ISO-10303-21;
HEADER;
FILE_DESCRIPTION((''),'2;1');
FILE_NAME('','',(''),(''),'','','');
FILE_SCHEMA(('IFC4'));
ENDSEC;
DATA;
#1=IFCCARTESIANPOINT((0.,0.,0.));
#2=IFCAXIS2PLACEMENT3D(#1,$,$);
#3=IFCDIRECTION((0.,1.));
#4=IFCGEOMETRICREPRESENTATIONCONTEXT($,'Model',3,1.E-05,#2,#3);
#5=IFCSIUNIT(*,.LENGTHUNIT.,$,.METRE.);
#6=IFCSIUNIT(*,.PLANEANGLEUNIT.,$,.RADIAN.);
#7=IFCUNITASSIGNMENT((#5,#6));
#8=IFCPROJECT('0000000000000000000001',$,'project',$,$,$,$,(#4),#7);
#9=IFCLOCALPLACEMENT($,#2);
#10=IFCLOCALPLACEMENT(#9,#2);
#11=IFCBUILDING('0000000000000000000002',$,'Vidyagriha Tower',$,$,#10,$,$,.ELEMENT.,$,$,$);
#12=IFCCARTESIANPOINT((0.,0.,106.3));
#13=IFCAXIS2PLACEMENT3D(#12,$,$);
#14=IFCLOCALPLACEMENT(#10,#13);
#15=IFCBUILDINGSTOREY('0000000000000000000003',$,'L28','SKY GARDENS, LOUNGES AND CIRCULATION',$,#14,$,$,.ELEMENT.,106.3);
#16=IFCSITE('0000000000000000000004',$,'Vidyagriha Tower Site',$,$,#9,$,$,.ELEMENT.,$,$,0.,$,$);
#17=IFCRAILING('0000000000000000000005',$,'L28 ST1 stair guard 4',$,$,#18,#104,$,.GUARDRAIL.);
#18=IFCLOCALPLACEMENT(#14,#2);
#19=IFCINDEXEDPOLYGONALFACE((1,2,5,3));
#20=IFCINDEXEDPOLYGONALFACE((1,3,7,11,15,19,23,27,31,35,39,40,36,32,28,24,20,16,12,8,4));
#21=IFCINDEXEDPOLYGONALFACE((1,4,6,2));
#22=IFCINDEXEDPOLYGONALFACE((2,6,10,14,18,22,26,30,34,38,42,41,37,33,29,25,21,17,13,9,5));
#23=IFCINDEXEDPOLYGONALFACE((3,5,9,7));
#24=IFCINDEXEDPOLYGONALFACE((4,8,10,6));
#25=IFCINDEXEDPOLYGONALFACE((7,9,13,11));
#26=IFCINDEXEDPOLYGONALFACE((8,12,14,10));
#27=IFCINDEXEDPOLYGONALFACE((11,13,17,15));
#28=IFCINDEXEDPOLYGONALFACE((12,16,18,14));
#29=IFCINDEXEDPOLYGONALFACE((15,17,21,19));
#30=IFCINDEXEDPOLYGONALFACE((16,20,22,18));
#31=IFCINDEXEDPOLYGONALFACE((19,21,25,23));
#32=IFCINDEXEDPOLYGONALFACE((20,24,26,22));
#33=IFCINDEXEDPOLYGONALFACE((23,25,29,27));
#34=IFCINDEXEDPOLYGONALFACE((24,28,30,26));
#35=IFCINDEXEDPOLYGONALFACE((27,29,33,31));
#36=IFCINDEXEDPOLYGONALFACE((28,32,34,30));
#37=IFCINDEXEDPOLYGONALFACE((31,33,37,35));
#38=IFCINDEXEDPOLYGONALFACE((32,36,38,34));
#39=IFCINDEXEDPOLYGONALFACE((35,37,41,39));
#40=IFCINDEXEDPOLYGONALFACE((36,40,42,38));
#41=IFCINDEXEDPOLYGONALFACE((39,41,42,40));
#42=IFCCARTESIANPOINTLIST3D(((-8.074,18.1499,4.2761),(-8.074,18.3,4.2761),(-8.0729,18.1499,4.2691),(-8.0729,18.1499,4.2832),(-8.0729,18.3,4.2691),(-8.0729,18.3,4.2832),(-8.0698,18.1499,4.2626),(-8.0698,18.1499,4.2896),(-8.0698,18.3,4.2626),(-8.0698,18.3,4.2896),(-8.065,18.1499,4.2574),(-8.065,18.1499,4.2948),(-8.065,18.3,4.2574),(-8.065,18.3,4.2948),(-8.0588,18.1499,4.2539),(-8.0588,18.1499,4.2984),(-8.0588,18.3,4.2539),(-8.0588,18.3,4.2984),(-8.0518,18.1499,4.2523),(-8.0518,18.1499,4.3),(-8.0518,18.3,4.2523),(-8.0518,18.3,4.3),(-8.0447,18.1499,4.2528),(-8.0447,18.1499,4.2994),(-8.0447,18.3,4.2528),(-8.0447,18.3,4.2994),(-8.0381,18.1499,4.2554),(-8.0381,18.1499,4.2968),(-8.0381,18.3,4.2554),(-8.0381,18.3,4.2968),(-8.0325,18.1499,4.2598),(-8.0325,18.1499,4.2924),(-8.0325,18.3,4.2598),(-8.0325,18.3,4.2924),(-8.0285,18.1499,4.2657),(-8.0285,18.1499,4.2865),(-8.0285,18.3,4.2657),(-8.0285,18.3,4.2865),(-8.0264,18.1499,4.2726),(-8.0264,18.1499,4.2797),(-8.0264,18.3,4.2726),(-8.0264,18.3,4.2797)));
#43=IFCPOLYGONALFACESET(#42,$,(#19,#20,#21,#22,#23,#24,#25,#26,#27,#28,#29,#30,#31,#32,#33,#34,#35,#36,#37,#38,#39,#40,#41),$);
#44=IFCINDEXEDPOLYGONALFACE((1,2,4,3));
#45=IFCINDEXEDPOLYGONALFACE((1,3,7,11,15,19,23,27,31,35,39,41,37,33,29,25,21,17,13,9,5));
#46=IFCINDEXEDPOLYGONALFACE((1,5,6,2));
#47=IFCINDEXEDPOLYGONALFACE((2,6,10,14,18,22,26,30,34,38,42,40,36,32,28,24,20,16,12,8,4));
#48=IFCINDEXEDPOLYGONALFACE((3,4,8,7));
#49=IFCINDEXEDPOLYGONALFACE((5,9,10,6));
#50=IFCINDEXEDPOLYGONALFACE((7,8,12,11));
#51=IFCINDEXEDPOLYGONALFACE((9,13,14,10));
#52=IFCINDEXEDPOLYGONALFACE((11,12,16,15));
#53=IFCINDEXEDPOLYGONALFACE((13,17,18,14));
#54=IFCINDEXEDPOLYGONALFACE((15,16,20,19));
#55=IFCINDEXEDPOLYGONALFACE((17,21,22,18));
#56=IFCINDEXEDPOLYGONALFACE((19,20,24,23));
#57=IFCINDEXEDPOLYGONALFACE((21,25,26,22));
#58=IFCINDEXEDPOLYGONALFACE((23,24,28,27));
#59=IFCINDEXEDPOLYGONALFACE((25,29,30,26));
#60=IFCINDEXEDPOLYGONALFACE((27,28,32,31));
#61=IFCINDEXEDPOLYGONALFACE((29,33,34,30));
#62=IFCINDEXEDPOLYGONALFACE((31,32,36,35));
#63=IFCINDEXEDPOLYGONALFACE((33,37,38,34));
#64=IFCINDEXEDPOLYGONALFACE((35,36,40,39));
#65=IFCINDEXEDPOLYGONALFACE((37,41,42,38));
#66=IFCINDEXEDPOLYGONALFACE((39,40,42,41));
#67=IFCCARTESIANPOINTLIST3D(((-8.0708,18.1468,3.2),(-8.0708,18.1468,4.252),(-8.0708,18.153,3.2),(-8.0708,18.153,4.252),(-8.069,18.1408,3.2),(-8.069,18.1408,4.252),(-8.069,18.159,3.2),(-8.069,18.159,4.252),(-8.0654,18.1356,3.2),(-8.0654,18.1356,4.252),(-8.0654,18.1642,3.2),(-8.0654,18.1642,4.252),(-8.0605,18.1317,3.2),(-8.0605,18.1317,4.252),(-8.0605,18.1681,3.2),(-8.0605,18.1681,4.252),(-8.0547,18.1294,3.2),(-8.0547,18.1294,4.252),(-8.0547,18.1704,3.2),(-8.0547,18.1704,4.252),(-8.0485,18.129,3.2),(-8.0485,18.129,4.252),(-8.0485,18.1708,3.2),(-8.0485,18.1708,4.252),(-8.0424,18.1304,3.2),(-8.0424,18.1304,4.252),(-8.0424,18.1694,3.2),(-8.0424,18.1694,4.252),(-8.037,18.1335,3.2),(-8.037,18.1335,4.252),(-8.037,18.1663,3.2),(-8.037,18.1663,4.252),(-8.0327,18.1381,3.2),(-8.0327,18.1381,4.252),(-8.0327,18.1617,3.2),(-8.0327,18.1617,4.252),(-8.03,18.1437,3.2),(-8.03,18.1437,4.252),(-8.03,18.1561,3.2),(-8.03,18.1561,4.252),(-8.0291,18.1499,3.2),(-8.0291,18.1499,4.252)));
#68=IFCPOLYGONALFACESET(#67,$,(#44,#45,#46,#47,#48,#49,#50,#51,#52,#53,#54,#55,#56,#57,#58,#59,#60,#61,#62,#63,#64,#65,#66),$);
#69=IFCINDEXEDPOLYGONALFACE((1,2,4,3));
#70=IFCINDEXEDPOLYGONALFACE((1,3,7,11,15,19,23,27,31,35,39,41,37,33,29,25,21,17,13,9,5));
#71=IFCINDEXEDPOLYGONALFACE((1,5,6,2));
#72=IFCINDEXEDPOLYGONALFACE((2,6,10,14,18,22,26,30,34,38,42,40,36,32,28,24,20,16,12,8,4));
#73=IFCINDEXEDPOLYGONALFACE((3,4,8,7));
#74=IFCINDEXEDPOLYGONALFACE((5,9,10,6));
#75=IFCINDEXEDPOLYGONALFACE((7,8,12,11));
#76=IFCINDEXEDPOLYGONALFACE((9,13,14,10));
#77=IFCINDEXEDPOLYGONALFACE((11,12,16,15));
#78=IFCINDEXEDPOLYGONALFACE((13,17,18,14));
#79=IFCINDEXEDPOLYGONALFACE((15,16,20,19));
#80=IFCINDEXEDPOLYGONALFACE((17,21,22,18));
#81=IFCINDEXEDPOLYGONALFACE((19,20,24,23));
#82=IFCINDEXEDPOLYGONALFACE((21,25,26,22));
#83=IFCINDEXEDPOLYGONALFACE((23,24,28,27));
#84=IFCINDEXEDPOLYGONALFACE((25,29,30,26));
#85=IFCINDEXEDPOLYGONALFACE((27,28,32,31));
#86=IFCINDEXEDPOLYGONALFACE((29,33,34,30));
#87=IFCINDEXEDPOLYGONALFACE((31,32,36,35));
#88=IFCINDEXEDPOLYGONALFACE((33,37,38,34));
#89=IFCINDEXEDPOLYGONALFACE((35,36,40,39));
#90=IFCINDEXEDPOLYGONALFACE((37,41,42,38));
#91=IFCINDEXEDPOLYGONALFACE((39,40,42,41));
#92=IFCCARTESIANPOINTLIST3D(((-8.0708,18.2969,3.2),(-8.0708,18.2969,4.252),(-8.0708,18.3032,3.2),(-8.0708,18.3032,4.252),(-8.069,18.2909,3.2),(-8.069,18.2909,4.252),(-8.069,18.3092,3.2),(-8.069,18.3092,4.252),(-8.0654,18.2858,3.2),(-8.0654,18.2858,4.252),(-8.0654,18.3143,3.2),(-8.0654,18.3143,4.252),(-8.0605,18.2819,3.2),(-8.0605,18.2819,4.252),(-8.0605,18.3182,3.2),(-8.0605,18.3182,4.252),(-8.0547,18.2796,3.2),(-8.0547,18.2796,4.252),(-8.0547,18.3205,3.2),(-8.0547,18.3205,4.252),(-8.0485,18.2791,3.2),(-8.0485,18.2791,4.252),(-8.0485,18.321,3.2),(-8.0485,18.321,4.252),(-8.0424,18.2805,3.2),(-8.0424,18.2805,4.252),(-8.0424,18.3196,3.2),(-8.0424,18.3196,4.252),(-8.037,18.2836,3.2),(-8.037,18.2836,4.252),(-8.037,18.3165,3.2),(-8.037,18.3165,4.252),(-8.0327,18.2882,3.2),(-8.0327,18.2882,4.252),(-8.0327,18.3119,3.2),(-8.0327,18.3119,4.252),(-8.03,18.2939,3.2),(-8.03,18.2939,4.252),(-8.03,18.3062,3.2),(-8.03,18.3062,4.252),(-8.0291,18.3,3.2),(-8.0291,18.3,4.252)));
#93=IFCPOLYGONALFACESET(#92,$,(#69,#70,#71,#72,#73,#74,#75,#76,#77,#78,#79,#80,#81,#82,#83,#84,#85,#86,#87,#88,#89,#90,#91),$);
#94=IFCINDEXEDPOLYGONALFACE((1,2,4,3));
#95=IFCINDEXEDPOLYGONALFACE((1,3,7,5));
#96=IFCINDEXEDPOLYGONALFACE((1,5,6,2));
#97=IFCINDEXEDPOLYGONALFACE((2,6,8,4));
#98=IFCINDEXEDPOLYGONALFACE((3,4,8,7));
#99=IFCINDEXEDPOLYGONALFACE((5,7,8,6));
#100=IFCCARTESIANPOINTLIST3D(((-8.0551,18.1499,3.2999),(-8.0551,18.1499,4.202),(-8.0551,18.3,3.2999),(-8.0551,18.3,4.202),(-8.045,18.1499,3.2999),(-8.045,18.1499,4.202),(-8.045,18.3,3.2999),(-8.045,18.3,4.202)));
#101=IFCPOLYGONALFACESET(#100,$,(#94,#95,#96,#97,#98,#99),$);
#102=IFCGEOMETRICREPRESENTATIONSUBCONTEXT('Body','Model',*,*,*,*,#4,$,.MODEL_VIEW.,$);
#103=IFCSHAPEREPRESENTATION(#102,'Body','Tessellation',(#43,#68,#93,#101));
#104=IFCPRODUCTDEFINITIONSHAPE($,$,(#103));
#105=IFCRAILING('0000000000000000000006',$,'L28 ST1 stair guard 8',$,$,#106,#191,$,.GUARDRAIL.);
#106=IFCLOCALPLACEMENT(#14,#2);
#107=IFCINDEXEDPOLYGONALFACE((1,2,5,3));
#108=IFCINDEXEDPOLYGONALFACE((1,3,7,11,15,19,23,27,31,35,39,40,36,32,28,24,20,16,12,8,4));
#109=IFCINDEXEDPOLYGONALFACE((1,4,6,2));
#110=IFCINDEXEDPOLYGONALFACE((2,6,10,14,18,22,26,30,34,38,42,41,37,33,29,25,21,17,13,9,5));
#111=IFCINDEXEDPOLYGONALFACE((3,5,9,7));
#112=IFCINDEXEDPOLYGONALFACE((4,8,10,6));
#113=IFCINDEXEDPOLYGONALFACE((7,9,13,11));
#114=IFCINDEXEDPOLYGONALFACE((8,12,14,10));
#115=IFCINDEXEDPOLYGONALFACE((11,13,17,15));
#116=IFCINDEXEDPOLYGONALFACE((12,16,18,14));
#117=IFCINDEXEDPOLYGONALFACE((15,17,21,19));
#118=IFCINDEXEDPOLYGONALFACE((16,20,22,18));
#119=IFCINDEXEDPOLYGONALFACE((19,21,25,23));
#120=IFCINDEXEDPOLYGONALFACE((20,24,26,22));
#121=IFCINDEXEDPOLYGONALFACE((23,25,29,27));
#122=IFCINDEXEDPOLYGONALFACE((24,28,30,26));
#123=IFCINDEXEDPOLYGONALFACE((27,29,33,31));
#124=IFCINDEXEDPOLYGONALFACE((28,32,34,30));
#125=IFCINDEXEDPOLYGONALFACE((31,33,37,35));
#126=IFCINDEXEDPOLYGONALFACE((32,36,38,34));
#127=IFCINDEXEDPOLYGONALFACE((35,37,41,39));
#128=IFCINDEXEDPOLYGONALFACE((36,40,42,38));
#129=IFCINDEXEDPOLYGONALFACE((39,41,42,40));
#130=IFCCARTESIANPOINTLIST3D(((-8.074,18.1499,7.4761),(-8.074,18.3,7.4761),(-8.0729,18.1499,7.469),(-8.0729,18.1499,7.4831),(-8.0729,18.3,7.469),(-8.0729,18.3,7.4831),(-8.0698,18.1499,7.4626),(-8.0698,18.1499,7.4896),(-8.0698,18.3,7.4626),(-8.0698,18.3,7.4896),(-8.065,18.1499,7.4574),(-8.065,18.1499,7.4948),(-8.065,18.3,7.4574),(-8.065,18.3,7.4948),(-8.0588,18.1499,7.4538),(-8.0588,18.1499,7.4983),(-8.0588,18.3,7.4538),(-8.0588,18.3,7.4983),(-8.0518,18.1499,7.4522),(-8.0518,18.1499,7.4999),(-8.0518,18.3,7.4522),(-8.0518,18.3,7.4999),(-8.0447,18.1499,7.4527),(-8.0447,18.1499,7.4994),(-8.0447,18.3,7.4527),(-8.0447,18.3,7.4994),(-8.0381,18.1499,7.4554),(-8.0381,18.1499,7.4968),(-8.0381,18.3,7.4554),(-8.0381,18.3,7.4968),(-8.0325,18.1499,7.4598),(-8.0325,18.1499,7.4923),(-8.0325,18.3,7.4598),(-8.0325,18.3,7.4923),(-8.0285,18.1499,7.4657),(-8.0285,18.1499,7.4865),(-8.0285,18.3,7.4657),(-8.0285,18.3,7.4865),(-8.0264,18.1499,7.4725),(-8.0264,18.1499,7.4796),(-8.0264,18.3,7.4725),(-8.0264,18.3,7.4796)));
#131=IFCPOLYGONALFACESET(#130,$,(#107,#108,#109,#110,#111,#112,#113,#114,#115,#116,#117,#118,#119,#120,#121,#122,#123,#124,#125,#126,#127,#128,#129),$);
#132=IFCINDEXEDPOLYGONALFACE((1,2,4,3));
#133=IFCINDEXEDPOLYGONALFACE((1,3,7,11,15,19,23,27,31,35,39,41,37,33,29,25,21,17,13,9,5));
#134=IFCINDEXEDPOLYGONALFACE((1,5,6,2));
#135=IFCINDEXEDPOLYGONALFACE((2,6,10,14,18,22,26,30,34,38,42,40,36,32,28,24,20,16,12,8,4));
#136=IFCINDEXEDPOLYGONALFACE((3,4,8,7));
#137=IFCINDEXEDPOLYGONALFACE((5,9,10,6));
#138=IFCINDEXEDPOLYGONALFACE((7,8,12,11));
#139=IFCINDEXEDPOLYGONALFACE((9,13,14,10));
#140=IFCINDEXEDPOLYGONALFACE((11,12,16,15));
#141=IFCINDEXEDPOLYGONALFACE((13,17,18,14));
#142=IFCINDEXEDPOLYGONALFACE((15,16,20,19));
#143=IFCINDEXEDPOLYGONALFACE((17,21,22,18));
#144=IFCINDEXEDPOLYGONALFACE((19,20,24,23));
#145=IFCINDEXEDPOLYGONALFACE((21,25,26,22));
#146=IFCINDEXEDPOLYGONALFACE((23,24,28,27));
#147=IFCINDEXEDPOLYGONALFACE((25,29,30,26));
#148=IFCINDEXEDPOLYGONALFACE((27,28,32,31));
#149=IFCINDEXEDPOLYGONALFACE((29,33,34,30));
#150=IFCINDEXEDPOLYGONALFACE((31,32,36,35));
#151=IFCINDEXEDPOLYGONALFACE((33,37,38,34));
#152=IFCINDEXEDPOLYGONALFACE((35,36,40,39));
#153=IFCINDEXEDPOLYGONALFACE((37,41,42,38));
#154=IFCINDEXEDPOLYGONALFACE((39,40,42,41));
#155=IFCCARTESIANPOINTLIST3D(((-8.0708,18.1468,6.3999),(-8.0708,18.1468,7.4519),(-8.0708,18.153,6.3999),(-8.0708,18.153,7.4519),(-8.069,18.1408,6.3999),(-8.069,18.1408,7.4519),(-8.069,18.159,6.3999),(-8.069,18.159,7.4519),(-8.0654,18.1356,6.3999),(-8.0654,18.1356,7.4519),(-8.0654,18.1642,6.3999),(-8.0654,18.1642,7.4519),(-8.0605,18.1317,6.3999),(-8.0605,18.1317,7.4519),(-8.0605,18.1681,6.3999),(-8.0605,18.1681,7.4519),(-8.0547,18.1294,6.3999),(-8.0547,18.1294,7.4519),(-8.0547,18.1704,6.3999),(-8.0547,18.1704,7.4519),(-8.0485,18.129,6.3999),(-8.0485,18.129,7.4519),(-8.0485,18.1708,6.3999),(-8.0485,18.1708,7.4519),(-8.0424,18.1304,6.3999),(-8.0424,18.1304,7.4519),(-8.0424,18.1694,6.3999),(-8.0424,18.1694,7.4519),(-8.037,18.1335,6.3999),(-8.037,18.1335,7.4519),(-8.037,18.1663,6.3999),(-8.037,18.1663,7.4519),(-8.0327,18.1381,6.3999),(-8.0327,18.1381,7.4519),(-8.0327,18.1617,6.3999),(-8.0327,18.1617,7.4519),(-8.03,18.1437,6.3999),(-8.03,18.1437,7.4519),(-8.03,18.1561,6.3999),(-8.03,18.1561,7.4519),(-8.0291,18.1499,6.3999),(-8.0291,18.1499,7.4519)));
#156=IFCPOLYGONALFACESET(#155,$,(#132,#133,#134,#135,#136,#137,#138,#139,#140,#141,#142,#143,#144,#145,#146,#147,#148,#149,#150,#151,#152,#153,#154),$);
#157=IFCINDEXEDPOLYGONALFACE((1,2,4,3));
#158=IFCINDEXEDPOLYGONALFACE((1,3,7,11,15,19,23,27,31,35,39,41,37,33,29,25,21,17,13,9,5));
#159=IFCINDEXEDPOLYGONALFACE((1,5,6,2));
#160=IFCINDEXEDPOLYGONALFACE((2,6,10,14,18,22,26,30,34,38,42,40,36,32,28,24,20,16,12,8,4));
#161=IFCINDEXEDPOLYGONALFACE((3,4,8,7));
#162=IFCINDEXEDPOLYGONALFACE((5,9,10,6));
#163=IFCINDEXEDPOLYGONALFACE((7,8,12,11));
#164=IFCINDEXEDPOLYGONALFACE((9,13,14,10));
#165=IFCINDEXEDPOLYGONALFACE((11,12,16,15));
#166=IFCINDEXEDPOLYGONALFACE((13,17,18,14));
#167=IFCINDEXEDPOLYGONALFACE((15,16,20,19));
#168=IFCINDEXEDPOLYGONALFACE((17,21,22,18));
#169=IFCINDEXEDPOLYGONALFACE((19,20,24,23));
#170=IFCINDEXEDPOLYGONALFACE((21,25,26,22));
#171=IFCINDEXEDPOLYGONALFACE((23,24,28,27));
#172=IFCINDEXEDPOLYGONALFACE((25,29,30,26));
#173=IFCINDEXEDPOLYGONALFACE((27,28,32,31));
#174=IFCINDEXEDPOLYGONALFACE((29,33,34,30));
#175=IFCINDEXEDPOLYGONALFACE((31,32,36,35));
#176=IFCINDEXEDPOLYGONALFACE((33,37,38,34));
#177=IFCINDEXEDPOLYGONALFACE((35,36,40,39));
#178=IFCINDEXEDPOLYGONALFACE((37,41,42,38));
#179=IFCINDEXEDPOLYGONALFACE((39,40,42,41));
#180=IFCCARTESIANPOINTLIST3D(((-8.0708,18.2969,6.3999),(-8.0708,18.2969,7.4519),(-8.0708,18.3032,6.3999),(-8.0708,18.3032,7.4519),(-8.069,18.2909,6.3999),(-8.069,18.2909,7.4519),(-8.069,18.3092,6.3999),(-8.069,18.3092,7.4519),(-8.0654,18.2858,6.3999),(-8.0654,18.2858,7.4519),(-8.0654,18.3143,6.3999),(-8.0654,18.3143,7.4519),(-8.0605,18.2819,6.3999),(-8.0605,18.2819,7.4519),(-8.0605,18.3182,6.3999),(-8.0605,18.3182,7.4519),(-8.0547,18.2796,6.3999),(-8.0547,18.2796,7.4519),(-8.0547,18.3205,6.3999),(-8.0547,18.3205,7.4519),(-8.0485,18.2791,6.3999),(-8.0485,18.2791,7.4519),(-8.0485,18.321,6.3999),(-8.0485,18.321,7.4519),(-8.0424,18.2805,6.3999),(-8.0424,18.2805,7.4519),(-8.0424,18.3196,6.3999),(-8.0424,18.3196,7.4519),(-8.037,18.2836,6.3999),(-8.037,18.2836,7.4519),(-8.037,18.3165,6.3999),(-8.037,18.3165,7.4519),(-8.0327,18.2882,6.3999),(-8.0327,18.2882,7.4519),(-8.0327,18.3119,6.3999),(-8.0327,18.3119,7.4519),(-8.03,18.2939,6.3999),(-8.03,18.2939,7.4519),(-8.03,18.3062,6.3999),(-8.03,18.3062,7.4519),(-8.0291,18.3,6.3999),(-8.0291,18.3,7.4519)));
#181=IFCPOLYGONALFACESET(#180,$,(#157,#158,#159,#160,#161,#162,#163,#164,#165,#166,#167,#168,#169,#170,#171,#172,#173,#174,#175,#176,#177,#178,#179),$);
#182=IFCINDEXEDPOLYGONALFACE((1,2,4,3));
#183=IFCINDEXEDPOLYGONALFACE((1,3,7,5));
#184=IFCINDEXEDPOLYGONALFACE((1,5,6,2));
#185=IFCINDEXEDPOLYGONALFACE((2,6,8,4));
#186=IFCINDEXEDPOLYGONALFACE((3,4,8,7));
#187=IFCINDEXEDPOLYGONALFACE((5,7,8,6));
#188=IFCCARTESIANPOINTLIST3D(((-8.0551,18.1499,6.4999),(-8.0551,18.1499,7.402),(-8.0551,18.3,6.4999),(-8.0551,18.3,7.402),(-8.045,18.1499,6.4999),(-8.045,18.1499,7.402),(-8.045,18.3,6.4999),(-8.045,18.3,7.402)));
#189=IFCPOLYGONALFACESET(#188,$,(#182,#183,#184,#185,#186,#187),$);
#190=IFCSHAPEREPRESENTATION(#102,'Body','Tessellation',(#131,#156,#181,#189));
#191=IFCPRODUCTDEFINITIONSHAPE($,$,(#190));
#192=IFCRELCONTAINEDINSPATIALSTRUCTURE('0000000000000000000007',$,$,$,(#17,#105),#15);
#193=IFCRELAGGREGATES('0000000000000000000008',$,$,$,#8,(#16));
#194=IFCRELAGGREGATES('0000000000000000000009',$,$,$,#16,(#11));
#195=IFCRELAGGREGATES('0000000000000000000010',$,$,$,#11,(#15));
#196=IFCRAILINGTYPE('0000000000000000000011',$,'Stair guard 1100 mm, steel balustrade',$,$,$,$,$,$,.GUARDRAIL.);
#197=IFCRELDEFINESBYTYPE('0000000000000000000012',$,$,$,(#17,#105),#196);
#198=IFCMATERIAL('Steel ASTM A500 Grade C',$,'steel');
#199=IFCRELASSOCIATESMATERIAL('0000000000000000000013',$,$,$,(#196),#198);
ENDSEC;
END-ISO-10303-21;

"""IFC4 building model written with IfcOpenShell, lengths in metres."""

from ifc_helpers import new_model, si_unit, direction, frame, origin, origin_2d, place, context, subcontext, project, spatial, rectangle, circle, extrude, material, type_object, element, save


model = new_model("IFC4")

# Units and contexts
model_context = context("Model", 3, precision=1e-05, world=origin(), true_north=direction((0.0, 1.0)))
body_context = subcontext(model_context, "Body", "Model", "MODEL_VIEW")
ifc_project = project(units=[si_unit("LENGTHUNIT", "METRE"), si_unit("PLANEANGLEUNIT", "RADIAN")], contexts=[model_context])

# Site, building, storey
site_placement = place(None, origin())
site = spatial("IfcSite", under=ifc_project, at=site_placement, Name="Vidyagriha Tower Site", CompositionType="ELEMENT", RefElevation=0.0)
building_placement = place(site_placement, origin())
building = spatial("IfcBuilding", under=site, at=building_placement, Name="Vidyagriha Tower", CompositionType="ELEMENT")
storey_placement = place(building_placement, frame((0.0, 0.0, 106.3)))
storey = spatial("IfcBuildingStorey", under=building, at=storey_placement, Name="L28", Description="SKY GARDENS, LOUNGES AND CIRCULATION", CompositionType="ELEMENT", Elevation=106.3)

# Railings
ifc_material_1 = material(Name="Steel ASTM A500 Grade C", Category="steel")
railing_type_1 = type_object("IfcRailingType", Name="Stair guard 1100 mm, steel balustrade", PredefinedType="GUARDRAIL", material=ifc_material_1)
for number, where, name in (
    (1, (-8.05, 18.1499, 3.2), "L28 ST1 stair guard 4"),
    (2, (-8.05, 18.1499, 6.3999), "L28 ST1 stair guard 8"),
):
    element("IfcRailing", number, at=place(storey_placement, frame(where)), inside=storey, type_object=railing_type_1, Name=name, PredefinedType="GUARDRAIL", context=body_context, shape_type="SweptSolid", body=[
        extrude(circle(Radius=0.0239, at=origin_2d()), frame((0.0, 0.0, 1.0762), z_axis=(0.0, 1.0, 0.0), x_axis=(-1.0, 0.0, 0.0)), (0.0, 0.0, 1.0), 0.1501),
        extrude(circle(Radius=0.021, at=origin_2d()), origin(), (0.0, 0.0, 1.0), 1.052),
        extrude(circle(Radius=0.021, at=origin_2d()), frame((0.0, 0.1501, 0.0)), (0.0, 0.0, 1.0), 1.052),
        extrude(rectangle(XDim=0.01, YDim=0.9021, at=origin_2d()), frame((0.0, 0.0, 0.551), z_axis=(0.0, 1.0, 0.0), x_axis=(-1.0, 0.0, 0.0)), (0.0, 0.0, 1.0), 0.1501),
    ])

save(model, "model.ifc")
